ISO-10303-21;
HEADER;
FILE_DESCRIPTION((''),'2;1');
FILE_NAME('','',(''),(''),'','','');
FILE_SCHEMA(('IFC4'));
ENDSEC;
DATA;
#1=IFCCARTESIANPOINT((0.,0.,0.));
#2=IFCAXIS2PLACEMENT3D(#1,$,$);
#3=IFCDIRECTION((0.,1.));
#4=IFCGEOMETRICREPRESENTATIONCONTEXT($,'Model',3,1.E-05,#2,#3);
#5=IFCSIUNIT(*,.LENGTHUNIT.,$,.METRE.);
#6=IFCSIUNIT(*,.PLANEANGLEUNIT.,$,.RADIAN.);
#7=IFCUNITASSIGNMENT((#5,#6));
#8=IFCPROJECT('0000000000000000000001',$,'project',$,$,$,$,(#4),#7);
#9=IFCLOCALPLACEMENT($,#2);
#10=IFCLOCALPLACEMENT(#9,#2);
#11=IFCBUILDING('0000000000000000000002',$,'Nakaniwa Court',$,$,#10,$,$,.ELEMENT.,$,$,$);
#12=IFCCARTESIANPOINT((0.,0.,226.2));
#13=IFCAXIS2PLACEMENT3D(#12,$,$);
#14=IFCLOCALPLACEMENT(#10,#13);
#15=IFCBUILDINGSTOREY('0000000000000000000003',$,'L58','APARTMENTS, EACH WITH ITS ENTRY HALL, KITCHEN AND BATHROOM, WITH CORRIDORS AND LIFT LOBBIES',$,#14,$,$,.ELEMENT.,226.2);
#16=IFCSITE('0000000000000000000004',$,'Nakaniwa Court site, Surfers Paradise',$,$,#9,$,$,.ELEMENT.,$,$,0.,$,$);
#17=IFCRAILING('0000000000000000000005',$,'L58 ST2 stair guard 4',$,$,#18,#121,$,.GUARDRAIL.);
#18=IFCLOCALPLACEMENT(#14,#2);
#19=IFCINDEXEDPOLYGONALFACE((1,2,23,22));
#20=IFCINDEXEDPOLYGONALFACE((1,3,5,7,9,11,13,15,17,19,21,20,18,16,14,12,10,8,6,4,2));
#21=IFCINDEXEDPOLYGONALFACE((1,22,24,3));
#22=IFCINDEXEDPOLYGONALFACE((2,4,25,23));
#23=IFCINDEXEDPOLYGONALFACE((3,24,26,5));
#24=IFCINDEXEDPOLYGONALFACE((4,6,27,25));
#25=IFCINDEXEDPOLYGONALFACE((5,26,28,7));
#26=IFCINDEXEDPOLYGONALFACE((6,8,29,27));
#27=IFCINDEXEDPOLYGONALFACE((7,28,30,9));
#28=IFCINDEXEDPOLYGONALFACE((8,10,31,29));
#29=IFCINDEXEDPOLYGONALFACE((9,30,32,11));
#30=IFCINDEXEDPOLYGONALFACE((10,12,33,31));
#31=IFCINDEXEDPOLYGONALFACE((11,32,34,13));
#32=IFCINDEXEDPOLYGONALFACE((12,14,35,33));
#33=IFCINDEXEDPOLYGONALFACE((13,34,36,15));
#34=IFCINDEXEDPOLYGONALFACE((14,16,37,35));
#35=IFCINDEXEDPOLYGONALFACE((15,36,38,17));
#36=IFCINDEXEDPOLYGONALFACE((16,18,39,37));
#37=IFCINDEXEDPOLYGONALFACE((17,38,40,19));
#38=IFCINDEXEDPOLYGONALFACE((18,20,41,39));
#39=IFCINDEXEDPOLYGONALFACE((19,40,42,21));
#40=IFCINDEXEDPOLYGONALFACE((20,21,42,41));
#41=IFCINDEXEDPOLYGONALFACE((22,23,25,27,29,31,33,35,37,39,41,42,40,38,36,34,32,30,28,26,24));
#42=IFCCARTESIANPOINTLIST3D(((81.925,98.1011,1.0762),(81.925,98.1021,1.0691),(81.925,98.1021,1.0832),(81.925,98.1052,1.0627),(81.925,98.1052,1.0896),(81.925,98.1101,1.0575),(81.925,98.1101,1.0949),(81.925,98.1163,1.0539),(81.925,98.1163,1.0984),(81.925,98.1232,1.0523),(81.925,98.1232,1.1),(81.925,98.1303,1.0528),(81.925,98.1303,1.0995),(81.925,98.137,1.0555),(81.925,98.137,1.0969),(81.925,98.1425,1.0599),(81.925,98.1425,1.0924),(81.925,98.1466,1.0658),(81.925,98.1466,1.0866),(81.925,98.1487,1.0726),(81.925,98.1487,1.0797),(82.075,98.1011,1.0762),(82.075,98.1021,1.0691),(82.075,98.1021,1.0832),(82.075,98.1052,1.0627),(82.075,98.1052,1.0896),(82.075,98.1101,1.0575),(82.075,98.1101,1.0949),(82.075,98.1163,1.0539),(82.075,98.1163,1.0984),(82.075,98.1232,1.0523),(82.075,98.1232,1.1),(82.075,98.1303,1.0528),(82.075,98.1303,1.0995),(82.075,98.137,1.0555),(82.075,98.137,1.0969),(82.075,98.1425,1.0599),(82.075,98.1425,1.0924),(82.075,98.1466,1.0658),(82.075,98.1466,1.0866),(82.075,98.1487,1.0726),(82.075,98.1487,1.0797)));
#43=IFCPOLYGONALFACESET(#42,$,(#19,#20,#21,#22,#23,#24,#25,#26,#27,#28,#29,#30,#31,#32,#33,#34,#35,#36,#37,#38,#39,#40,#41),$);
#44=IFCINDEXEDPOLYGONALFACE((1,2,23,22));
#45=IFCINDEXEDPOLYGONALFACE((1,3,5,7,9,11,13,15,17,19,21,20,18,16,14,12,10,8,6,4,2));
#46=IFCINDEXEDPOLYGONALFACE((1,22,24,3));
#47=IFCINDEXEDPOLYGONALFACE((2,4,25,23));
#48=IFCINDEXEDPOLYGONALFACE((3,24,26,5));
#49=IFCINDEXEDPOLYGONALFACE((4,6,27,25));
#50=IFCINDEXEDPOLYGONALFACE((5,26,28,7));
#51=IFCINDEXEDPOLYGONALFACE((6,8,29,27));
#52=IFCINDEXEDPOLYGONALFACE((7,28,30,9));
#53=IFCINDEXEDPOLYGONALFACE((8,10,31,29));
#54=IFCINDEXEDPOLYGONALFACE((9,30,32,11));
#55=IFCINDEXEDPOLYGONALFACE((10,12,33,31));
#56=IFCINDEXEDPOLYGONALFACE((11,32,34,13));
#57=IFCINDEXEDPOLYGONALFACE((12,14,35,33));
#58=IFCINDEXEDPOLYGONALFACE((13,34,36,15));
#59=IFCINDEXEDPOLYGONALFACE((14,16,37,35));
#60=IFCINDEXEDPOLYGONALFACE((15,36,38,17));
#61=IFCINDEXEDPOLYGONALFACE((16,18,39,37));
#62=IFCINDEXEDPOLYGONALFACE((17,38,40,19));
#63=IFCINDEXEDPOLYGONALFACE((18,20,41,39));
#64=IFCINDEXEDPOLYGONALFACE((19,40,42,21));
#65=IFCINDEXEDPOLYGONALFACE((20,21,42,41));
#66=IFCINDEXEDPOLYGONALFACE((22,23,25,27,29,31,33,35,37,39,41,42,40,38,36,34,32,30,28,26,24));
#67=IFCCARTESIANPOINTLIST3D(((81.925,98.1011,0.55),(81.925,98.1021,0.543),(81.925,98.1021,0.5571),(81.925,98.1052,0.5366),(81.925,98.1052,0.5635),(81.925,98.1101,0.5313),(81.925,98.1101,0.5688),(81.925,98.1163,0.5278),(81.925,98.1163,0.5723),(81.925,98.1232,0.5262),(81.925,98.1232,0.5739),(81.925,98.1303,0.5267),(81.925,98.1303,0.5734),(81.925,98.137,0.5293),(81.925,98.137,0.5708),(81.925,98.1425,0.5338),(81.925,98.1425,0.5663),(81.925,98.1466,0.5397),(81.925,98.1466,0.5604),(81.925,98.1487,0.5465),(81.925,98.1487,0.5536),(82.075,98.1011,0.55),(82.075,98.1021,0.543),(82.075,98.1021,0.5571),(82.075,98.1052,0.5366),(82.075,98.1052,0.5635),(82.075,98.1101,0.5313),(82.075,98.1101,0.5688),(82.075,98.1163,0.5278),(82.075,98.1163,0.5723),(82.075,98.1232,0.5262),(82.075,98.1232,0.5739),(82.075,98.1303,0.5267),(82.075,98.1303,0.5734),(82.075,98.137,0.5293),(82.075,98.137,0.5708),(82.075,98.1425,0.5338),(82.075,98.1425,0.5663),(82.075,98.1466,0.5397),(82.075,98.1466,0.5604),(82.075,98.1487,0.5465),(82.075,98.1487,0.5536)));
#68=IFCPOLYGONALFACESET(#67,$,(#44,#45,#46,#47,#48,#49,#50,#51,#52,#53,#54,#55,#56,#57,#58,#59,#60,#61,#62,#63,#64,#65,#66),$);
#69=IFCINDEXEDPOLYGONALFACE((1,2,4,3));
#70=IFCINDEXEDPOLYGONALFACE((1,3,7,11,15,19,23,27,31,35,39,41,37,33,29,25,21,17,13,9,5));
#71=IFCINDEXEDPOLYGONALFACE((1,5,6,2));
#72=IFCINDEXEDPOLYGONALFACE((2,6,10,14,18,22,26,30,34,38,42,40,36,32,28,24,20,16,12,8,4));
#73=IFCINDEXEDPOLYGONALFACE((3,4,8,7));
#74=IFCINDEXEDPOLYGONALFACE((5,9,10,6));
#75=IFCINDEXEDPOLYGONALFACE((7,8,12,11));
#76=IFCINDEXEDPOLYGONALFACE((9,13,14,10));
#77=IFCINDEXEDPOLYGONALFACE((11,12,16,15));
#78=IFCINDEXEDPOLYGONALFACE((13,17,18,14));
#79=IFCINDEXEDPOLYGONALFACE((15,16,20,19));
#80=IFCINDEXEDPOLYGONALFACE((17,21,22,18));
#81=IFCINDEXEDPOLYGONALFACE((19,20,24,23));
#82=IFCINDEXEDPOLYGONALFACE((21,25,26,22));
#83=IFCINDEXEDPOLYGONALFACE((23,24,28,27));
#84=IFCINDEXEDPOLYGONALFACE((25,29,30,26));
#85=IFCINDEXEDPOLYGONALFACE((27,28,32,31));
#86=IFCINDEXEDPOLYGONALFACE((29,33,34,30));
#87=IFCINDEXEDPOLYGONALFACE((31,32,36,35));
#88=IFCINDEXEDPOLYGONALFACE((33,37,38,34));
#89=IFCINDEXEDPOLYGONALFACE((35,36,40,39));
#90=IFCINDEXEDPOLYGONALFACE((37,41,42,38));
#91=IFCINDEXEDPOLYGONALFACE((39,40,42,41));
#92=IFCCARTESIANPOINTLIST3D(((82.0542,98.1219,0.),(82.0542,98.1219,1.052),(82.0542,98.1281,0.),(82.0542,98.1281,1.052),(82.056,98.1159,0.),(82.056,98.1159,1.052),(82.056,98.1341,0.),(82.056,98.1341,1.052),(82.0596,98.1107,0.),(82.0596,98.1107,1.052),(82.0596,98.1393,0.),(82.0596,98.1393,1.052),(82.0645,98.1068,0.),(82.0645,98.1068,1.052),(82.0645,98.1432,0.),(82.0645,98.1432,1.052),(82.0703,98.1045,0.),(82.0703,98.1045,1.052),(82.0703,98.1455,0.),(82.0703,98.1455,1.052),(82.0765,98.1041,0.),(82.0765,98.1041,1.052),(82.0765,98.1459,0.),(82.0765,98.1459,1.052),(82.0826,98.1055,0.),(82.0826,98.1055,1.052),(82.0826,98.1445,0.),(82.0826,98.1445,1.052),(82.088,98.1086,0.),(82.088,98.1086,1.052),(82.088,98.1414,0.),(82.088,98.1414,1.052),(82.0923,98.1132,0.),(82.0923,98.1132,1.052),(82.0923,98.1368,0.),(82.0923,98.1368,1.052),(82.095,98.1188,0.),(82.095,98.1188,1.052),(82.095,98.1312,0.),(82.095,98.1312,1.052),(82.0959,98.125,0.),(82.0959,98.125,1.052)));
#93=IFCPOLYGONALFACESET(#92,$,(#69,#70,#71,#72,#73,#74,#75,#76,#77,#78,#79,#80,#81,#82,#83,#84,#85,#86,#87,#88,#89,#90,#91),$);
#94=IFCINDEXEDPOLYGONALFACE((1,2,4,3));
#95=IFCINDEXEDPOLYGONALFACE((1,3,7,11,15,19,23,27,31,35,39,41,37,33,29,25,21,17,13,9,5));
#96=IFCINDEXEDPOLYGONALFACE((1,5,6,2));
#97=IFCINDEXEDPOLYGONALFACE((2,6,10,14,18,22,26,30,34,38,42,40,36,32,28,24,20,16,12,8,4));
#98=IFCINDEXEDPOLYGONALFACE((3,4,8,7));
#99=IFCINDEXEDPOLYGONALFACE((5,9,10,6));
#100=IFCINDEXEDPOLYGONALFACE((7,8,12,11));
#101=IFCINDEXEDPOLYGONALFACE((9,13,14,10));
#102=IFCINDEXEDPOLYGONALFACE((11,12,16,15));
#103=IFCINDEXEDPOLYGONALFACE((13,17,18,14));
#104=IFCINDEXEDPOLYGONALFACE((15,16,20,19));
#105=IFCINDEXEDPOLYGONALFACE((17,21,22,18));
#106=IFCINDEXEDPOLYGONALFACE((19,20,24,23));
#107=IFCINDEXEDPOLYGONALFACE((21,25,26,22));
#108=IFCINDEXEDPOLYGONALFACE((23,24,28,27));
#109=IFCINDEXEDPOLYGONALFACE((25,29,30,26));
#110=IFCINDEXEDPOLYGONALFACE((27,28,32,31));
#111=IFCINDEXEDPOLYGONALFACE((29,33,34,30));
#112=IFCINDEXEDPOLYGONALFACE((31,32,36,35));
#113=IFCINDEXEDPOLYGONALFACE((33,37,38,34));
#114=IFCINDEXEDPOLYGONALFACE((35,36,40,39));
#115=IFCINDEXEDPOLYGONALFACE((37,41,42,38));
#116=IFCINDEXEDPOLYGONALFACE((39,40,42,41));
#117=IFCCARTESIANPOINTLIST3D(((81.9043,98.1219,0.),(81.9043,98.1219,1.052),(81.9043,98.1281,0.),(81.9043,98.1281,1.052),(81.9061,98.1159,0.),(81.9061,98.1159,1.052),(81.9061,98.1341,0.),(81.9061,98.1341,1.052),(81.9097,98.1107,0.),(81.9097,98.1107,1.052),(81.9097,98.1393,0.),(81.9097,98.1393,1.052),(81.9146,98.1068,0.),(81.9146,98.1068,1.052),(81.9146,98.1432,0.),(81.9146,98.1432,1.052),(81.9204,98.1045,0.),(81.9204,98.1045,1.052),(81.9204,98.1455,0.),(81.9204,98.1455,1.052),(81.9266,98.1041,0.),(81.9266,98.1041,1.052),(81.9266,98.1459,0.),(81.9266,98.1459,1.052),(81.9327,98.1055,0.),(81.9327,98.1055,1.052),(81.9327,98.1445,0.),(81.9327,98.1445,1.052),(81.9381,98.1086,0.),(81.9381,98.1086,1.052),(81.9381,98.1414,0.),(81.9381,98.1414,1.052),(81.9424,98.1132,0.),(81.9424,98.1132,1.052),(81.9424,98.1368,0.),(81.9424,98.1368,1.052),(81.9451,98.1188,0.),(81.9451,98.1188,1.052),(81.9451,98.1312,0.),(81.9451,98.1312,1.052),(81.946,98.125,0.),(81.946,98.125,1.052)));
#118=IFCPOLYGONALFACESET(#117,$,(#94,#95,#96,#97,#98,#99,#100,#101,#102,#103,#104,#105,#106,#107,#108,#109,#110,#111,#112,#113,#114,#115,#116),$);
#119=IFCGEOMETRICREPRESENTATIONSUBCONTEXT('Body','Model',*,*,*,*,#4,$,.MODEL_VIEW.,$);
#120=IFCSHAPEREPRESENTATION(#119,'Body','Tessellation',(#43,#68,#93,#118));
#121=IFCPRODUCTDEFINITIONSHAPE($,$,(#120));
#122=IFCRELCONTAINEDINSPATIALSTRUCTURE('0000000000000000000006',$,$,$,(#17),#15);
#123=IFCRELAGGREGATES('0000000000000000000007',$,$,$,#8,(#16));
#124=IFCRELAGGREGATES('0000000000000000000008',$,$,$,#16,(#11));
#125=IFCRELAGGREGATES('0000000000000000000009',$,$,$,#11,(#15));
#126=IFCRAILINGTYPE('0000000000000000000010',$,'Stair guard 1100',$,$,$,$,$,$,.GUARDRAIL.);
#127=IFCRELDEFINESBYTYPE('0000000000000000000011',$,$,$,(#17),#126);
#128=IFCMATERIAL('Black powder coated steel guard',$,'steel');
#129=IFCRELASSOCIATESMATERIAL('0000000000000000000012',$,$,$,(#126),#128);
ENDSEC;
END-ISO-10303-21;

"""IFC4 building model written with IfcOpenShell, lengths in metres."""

from ifc_helpers import new_model, si_unit, direction, frame, origin, origin_2d, place, context, subcontext, project, spatial, circle, extrude, material, type_object, element, save


model = new_model("IFC4")

# Units and contexts
model_context = context("Model", 3, precision=1e-05, world=origin(), true_north=direction((0.0, 1.0)))
body_context = subcontext(model_context, "Body", "Model", "MODEL_VIEW")
ifc_project = project(units=[si_unit("LENGTHUNIT", "METRE"), si_unit("PLANEANGLEUNIT", "RADIAN")], contexts=[model_context])

# Site, building, storey
site_placement = place(None, origin())
site = spatial("IfcSite", under=ifc_project, at=site_placement, Name="Nakaniwa Court site, Surfers Paradise", CompositionType="ELEMENT", RefElevation=0.0)
building_placement = place(site_placement, origin())
building = spatial("IfcBuilding", under=site, at=building_placement, Name="Nakaniwa Court", CompositionType="ELEMENT")
storey_placement = place(building_placement, frame((0.0, 0.0, 226.2)))
storey = spatial("IfcBuildingStorey", under=building, at=storey_placement, Name="L58", Description="APARTMENTS, EACH WITH ITS ENTRY HALL, KITCHEN AND BATHROOM, WITH CORRIDORS AND LIFT LOBBIES", CompositionType="ELEMENT", Elevation=226.2)

# Railing
ifc_material_1 = material(Name="Black powder coated steel guard", Category="steel")
railing_type_1 = type_object("IfcRailingType", Name="Stair guard 1100", PredefinedType="GUARDRAIL", material=ifc_material_1)
railing_1_placement = place(storey_placement, frame((82.075, 98.125, 0.0)))
element("IfcRailing", 1, at=railing_1_placement, inside=storey, type_object=railing_type_1, Name="L58 ST2 stair guard 4", PredefinedType="GUARDRAIL", context=body_context, shape_type="SweptSolid", body=[
    extrude(circle(Radius=0.0239, at=origin_2d()), frame((0.0, 0.0, 1.0762), z_axis=(-1.0, 0.0, 0.0), x_axis=(0.0, -1.0, 0.0)), (0.0, 0.0, 1.0), 0.1499),
    extrude(circle(Radius=0.0239, at=origin_2d()), frame((0.0, 0.0, 0.55), z_axis=(-1.0, 0.0, 0.0), x_axis=(0.0, -1.0, 0.0)), (0.0, 0.0, 1.0), 0.1499),
    extrude(circle(Radius=0.021, at=origin_2d()), origin(), (0.0, 0.0, 1.0), 1.052),
    extrude(circle(Radius=0.021, at=origin_2d()), frame((-0.1499, 0.0, 0.0)), (0.0, 0.0, 1.0), 1.052),
])

save(model, "model.ifc")
